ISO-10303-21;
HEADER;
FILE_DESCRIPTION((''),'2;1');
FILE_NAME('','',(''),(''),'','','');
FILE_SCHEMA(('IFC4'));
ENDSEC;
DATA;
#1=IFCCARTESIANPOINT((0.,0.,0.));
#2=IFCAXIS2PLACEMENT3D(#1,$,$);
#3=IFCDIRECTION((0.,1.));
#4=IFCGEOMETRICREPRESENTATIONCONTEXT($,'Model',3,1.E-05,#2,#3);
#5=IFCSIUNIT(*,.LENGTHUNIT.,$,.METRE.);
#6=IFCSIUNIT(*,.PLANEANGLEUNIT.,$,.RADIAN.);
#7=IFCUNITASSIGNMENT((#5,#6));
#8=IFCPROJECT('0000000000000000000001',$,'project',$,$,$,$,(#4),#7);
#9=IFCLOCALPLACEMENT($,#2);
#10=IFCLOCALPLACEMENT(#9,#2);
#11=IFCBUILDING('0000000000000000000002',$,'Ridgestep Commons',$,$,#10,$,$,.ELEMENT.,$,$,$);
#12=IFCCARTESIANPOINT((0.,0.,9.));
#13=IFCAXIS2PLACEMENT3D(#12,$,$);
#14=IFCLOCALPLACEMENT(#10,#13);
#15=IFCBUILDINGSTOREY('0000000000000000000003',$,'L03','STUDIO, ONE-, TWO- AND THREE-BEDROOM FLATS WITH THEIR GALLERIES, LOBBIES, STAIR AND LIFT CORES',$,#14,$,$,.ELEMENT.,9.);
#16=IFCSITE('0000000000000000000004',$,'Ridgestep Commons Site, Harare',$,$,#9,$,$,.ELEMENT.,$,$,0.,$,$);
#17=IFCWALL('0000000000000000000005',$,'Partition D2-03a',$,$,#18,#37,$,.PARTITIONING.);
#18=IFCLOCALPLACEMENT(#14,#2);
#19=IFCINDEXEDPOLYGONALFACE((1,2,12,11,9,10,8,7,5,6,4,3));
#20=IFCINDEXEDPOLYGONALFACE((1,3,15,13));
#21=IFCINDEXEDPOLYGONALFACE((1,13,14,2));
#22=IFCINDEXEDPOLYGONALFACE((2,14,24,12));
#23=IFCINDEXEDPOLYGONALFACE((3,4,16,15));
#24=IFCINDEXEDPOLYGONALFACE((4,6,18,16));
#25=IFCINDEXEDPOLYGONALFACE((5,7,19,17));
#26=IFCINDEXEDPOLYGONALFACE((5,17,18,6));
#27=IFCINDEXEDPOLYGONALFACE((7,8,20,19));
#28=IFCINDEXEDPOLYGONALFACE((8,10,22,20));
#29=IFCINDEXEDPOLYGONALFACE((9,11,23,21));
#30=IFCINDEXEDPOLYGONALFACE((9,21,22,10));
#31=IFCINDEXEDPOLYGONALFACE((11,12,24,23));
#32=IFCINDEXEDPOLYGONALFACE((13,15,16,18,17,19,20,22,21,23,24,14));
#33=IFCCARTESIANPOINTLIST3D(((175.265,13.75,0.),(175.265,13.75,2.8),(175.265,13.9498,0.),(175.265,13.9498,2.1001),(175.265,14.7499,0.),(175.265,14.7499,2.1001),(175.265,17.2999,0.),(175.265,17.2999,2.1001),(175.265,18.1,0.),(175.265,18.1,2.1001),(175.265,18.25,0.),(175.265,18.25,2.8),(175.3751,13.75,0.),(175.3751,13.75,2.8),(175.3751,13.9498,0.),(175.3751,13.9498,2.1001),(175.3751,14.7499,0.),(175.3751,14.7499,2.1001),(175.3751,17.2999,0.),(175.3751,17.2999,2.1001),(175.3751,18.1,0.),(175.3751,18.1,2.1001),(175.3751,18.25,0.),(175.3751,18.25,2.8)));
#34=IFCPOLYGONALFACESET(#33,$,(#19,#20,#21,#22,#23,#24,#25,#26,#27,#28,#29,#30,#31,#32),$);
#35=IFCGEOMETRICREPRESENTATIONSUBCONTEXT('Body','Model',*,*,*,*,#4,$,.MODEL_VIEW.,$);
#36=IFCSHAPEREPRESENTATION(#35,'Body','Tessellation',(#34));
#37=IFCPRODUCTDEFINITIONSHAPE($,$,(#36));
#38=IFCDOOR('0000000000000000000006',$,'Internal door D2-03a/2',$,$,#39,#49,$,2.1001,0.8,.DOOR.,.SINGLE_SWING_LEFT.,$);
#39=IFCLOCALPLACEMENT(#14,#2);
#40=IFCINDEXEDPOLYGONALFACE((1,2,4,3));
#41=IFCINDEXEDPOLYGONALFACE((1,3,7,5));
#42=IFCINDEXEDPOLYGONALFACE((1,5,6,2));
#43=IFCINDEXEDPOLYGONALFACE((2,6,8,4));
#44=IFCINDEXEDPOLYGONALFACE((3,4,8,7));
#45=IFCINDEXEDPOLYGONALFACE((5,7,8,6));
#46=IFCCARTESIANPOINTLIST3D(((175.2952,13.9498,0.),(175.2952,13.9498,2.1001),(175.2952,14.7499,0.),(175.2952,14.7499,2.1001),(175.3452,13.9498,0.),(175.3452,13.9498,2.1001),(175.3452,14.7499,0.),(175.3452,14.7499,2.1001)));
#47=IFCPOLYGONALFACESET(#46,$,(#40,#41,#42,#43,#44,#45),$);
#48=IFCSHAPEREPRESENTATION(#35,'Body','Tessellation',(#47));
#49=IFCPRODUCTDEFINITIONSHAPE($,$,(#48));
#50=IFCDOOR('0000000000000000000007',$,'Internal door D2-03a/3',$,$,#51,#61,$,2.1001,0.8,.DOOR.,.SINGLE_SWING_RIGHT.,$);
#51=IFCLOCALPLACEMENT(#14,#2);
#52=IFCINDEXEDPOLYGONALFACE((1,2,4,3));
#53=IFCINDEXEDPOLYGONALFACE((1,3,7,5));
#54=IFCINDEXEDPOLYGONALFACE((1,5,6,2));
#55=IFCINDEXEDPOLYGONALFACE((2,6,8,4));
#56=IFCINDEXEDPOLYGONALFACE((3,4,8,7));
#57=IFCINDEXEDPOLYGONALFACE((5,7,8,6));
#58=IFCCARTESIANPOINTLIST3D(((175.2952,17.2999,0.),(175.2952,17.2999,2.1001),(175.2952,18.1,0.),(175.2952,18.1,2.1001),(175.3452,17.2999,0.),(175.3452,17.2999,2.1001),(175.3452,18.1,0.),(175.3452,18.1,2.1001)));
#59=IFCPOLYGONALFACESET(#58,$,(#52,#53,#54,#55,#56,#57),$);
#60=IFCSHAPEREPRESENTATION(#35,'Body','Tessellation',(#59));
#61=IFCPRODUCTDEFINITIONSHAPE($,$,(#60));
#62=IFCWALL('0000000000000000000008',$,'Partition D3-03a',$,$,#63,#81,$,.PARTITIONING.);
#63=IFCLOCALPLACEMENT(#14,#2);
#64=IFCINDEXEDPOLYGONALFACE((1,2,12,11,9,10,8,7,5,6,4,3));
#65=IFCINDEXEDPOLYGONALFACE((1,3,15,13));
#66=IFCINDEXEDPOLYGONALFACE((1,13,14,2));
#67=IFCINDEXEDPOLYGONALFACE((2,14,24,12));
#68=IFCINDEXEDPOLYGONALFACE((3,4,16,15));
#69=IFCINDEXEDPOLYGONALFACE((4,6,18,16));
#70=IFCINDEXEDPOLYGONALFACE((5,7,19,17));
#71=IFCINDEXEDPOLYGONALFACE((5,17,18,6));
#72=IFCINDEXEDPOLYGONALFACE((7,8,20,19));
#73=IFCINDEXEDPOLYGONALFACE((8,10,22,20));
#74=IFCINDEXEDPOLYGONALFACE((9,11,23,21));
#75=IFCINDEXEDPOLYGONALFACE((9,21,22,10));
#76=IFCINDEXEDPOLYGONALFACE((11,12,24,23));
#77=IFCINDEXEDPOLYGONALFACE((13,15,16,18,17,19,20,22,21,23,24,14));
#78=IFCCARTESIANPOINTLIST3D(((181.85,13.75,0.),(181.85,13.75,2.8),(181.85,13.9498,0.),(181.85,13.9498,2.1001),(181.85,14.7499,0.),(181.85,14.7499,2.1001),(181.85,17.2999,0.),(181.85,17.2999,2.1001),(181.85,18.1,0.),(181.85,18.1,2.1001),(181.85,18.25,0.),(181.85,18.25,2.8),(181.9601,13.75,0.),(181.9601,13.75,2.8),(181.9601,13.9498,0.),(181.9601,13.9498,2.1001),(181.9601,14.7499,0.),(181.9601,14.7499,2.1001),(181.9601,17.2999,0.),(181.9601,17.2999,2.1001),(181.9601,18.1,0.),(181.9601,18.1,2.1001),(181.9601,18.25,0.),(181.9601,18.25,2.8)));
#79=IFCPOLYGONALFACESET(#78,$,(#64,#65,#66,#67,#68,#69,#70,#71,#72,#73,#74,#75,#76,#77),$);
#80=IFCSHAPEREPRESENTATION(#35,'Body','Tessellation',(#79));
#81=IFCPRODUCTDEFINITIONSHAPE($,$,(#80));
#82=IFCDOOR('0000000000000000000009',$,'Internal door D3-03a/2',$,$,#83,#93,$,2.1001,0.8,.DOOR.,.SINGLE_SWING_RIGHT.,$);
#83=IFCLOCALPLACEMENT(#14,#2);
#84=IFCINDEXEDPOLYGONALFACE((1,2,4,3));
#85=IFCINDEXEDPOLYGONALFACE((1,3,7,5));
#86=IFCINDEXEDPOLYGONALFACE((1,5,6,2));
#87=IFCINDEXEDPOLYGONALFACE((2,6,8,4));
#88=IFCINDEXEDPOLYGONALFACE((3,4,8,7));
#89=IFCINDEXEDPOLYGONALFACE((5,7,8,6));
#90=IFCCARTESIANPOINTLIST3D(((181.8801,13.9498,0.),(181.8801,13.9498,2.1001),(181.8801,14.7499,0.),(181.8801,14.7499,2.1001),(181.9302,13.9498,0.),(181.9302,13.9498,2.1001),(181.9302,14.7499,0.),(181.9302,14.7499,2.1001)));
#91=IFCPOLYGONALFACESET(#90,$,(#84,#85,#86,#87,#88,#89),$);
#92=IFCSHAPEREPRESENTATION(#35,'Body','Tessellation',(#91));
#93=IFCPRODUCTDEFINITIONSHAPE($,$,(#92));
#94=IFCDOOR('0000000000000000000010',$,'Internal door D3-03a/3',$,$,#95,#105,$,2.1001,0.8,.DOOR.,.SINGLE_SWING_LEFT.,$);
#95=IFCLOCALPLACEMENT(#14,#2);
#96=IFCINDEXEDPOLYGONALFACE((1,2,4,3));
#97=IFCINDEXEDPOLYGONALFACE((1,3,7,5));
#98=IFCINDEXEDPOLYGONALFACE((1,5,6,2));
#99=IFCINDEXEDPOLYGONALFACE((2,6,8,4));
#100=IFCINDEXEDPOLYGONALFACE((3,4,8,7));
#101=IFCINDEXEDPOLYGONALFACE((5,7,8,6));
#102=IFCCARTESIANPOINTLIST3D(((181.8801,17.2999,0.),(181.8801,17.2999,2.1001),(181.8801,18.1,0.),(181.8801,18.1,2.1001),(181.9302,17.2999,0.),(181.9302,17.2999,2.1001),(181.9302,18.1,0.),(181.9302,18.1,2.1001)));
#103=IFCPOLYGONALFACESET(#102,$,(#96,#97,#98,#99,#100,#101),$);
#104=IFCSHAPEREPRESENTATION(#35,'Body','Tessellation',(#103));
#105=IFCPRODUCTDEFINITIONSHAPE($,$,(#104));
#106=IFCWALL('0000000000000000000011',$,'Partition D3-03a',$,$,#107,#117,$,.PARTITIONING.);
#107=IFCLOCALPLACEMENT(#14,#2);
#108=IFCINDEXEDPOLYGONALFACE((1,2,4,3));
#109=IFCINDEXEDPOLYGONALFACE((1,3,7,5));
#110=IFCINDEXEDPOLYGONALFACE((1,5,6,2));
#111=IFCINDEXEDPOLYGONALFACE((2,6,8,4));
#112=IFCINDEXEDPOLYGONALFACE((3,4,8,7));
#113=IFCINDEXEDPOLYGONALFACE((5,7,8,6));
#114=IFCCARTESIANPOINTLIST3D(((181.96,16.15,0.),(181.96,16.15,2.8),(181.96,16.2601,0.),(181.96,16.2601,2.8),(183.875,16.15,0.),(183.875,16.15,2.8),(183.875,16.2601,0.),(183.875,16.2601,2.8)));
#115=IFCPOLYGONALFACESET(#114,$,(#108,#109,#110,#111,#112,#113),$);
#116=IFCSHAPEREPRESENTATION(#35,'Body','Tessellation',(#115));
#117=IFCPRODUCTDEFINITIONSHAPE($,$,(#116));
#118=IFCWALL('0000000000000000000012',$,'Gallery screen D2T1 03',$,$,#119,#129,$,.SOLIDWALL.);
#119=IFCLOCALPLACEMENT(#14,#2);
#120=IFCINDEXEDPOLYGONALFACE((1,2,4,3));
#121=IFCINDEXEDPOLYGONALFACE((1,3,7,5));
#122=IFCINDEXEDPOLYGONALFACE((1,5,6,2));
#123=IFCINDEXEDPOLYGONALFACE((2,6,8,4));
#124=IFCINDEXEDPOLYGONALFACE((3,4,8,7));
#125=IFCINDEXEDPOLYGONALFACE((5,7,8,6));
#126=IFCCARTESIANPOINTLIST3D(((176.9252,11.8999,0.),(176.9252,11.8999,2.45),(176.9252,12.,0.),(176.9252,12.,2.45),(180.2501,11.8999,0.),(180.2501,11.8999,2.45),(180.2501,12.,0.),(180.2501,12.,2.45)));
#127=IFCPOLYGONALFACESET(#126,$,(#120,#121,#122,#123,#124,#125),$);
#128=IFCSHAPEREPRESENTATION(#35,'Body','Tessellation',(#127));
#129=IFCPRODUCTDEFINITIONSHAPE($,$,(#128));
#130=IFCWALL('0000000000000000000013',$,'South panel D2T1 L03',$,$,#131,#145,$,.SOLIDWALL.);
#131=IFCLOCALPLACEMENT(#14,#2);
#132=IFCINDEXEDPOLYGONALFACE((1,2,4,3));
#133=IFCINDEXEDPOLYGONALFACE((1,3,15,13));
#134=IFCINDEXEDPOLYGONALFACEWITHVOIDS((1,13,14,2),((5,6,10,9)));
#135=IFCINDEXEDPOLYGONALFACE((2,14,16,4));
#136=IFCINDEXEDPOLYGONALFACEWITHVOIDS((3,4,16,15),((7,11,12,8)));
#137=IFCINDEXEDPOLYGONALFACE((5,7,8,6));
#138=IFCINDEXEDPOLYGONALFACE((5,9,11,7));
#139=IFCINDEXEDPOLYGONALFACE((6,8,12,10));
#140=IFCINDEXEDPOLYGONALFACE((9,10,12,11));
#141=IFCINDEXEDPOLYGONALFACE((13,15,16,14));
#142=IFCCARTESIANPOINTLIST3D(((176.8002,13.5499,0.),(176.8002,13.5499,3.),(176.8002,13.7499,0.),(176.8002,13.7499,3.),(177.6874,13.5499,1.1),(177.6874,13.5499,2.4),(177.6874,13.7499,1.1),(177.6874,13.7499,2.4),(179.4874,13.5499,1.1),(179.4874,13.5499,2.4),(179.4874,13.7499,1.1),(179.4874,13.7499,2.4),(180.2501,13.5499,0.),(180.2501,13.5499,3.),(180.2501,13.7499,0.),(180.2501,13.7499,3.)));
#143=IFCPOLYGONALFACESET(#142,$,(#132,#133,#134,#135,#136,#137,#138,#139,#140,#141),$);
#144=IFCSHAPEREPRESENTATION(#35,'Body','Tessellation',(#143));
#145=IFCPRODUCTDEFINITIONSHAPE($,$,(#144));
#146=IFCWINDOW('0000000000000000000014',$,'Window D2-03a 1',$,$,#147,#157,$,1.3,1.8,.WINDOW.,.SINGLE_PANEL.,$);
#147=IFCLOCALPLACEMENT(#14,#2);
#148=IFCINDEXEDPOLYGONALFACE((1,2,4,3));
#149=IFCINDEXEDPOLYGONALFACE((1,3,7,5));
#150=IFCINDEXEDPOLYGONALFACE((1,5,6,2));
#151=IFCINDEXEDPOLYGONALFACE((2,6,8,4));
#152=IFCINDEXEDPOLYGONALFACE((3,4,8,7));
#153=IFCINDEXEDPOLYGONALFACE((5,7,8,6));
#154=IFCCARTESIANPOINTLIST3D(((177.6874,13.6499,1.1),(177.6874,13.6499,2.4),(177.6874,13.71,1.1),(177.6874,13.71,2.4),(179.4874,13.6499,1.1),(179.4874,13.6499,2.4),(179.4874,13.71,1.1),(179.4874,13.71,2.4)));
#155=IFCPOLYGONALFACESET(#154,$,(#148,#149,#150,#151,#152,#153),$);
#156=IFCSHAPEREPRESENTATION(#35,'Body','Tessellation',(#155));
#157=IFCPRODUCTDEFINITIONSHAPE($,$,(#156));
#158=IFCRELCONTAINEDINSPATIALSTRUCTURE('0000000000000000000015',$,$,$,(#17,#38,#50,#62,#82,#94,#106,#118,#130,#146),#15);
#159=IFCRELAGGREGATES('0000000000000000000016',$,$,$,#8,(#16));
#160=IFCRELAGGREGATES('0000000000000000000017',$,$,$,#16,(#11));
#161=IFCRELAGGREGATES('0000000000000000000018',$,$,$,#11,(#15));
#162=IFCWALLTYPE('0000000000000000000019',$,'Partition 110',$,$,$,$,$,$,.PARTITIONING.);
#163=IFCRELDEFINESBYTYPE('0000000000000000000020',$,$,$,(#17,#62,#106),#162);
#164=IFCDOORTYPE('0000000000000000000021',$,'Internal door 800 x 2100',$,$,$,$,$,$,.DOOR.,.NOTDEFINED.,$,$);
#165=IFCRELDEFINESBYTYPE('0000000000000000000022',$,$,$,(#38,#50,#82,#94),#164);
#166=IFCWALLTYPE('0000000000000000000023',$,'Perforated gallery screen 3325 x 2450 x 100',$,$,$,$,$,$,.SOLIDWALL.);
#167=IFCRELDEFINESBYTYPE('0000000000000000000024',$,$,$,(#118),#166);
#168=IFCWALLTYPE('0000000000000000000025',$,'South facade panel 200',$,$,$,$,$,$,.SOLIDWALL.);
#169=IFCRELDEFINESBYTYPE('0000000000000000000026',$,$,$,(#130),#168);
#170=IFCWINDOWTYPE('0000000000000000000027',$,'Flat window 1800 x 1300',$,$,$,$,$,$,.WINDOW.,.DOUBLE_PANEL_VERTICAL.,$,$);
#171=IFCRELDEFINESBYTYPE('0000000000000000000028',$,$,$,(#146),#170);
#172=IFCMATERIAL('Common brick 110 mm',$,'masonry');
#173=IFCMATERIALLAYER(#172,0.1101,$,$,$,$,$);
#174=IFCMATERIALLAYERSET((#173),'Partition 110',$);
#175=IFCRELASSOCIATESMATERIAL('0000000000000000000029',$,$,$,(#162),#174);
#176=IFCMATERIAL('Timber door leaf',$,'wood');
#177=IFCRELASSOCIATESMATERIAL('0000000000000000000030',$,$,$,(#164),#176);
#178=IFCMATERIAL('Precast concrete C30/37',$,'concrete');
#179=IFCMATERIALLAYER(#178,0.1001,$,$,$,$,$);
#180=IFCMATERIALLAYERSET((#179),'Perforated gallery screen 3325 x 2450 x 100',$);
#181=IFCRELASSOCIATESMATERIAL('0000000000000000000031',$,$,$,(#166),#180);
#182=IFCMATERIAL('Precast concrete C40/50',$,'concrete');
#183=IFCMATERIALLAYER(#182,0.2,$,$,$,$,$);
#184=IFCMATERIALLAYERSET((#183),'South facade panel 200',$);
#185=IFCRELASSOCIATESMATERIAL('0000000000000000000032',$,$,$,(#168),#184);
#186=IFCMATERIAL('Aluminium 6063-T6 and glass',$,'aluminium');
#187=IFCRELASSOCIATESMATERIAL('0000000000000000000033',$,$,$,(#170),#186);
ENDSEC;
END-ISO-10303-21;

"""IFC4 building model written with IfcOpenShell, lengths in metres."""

from ifc_helpers import new_model, si_unit, direction, frame, frame_2d, origin, place, context, subcontext, project, spatial, rectangle, extrude, material, layer, layer_set, type_object, element, fill, save


model = new_model("IFC4")

# Units and contexts
model_context = context("Model", 3, precision=1e-05, world=origin(), true_north=direction((0.0, 1.0)))
body_context = subcontext(model_context, "Body", "Model", "MODEL_VIEW")
ifc_project = project(units=[si_unit("LENGTHUNIT", "METRE"), si_unit("PLANEANGLEUNIT", "RADIAN")], contexts=[model_context])

# Site, building, storey
site_placement = place(None, origin())
site = spatial("IfcSite", under=ifc_project, at=site_placement, Name="Ridgestep Commons Site, Harare", CompositionType="ELEMENT", RefElevation=0.0)
building_placement = place(site_placement, origin())
building = spatial("IfcBuilding", under=site, at=building_placement, Name="Ridgestep Commons", CompositionType="ELEMENT")
storey_placement = place(building_placement, frame((0.0, 0.0, 9.0)))
storey = spatial("IfcBuildingStorey", under=building, at=storey_placement, Name="L03", Description="STUDIO, ONE-, TWO- AND THREE-BEDROOM FLATS WITH THEIR GALLERIES, LOBBIES, STAIR AND LIFT CORES", CompositionType="ELEMENT", Elevation=9.0)

# Walls, openings, doors
ifc_material_1 = material(Name="Common brick 110 mm", Category="masonry")
ifc_layer_1 = layer(ifc_material_1, 0.1101)
ifc_layer_set_1 = layer_set([ifc_layer_1], Name="Partition 110")
wall_type_1 = type_object("IfcWallType", Name="Partition 110", PredefinedType="PARTITIONING", material=ifc_layer_set_1)
wall_1_placement = place(storey_placement, frame((175.3201, 13.75, 0.0), z_axis=(0.0, 0.0, 1.0), x_axis=(0.0, 1.0, 0.0)))
wall_1 = element("IfcWall", 1, at=wall_1_placement, inside=storey, type_object=wall_type_1, Name="Partition D2-03a", PredefinedType="PARTITIONING", context=body_context, shape_type="SweptSolid", body=[
    extrude(rectangle(XDim=4.5, YDim=0.1101, at=frame_2d((2.25, 0.0))), origin(), (0.0, 0.0, 1.0), 2.8),
])
opening_1_placement = place(wall_1_placement, frame((0.2, 0.0, 0.0)))
opening_1 = element("IfcOpeningElement", 2, at=opening_1_placement, cuts=wall_1, PredefinedType="OPENING", context=body_context, shape_type="SweptSolid", body=[
    extrude(rectangle(XDim=0.8, YDim=2.1001, at=frame_2d((0.3999, 1.05))), frame((0.0, 0.0649, 0.0), z_axis=(0.0, -1.0, 0.0), x_axis=(1.0, 0.0, 0.0)), (0.0, 0.0, 1.0), 0.1301),
])
opening_2_placement = place(wall_1_placement, frame((3.55, 0.0, 0.0)))
opening_2 = element("IfcOpeningElement", 3, at=opening_2_placement, cuts=wall_1, PredefinedType="OPENING", context=body_context, shape_type="SweptSolid", body=[
    extrude(rectangle(XDim=0.8, YDim=2.1001, at=frame_2d((0.3999, 1.05))), frame((0.0, 0.0649, 0.0), z_axis=(0.0, -1.0, 0.0), x_axis=(1.0, 0.0, 0.0)), (0.0, 0.0, 1.0), 0.1301),
])
ifc_material_2 = material(Name="Timber door leaf", Category="wood")
door_type_1 = type_object("IfcDoorType", Name="Internal door 800 x 2100", OperationType="NOTDEFINED", PredefinedType="DOOR", material=ifc_material_2)
door_1_placement = place(opening_1_placement, origin())
door_1 = element("IfcDoor", 4, at=door_1_placement, inside=storey, type_object=door_type_1, Name="Internal door D2-03a/2", OperationType="SINGLE_SWING_LEFT", OverallHeight=2.1001, OverallWidth=0.8, PredefinedType="DOOR", context=body_context, shape_type="SweptSolid", body=[
    extrude(rectangle(XDim=0.8, YDim=2.1001, at=frame_2d((0.3999, 1.05))), frame((0.0, 0.0249, 0.0), z_axis=(0.0, -1.0, 0.0), x_axis=(1.0, 0.0, 0.0)), (0.0, 0.0, 1.0), 0.05),
])
fill(opening_1, door_1)
door_2_placement = place(opening_2_placement, origin())
door_2 = element("IfcDoor", 5, at=door_2_placement, inside=storey, type_object=door_type_1, Name="Internal door D2-03a/3", OperationType="SINGLE_SWING_RIGHT", OverallHeight=2.1001, OverallWidth=0.8, PredefinedType="DOOR", context=body_context, shape_type="SweptSolid", body=[
    extrude(rectangle(XDim=0.8, YDim=2.1001, at=frame_2d((0.3999, 1.05))), frame((0.0, 0.0249, 0.0), z_axis=(0.0, -1.0, 0.0), x_axis=(1.0, 0.0, 0.0)), (0.0, 0.0, 1.0), 0.05),
])
fill(opening_2, door_2)
wall_2_placement = place(storey_placement, frame((181.905, 13.75, 0.0), z_axis=(0.0, 0.0, 1.0), x_axis=(0.0, 1.0, 0.0)))
wall_2 = element("IfcWall", 6, at=wall_2_placement, inside=storey, type_object=wall_type_1, Name="Partition D3-03a", PredefinedType="PARTITIONING", context=body_context, shape_type="SweptSolid", body=[
    extrude(rectangle(XDim=4.5, YDim=0.1101, at=frame_2d((2.25, 0.0))), origin(), (0.0, 0.0, 1.0), 2.8),
])
opening_3_placement = place(wall_2_placement, frame((0.2, 0.0, 0.0)))
opening_3 = element("IfcOpeningElement", 7, at=opening_3_placement, cuts=wall_2, PredefinedType="OPENING", context=body_context, shape_type="SweptSolid", body=[
    extrude(rectangle(XDim=0.8, YDim=2.1001, at=frame_2d((0.3999, 1.05))), frame((0.0, 0.0649, 0.0), z_axis=(0.0, -1.0, 0.0), x_axis=(1.0, 0.0, 0.0)), (0.0, 0.0, 1.0), 0.1301),
])
opening_4_placement = place(wall_2_placement, frame((3.55, 0.0, 0.0)))
opening_4 = element("IfcOpeningElement", 8, at=opening_4_placement, cuts=wall_2, PredefinedType="OPENING", context=body_context, shape_type="SweptSolid", body=[
    extrude(rectangle(XDim=0.8, YDim=2.1001, at=frame_2d((0.3999, 1.05))), frame((0.0, 0.0649, 0.0), z_axis=(0.0, -1.0, 0.0), x_axis=(1.0, 0.0, 0.0)), (0.0, 0.0, 1.0), 0.1301),
])
door_3_placement = place(opening_3_placement, origin())
door_3 = element("IfcDoor", 9, at=door_3_placement, inside=storey, type_object=door_type_1, Name="Internal door D3-03a/2", OperationType="SINGLE_SWING_RIGHT", OverallHeight=2.1001, OverallWidth=0.8, PredefinedType="DOOR", context=body_context, shape_type="SweptSolid", body=[
    extrude(rectangle(XDim=0.8, YDim=2.1001, at=frame_2d((0.3999, 1.05))), frame((0.0, 0.0249, 0.0), z_axis=(0.0, -1.0, 0.0), x_axis=(1.0, 0.0, 0.0)), (0.0, 0.0, 1.0), 0.05),
])
fill(opening_3, door_3)
door_4_placement = place(opening_4_placement, origin())
door_4 = element("IfcDoor", 10, at=door_4_placement, inside=storey, type_object=door_type_1, Name="Internal door D3-03a/3", OperationType="SINGLE_SWING_LEFT", OverallHeight=2.1001, OverallWidth=0.8, PredefinedType="DOOR", context=body_context, shape_type="SweptSolid", body=[
    extrude(rectangle(XDim=0.8, YDim=2.1001, at=frame_2d((0.3999, 1.05))), frame((0.0, 0.0249, 0.0), z_axis=(0.0, -1.0, 0.0), x_axis=(1.0, 0.0, 0.0)), (0.0, 0.0, 1.0), 0.05),
])
fill(opening_4, door_4)

# Walls
wall_3_placement = place(storey_placement, frame((181.96, 16.2051, 0.0), z_axis=(0.0, 0.0, 1.0), x_axis=(1.0, 0.0, 0.0)))
element("IfcWall", 11, at=wall_3_placement, inside=storey, type_object=wall_type_1, Name="Partition D3-03a", PredefinedType="PARTITIONING", context=body_context, shape_type="SweptSolid", body=[
    extrude(rectangle(XDim=1.915, YDim=0.1101, at=frame_2d((0.9575, 0.0))), origin(), (0.0, 0.0, 1.0), 2.8),
])
ifc_material_3 = material(Name="Precast concrete C30/37", Category="concrete")
ifc_layer_2 = layer(ifc_material_3, 0.1001)
ifc_layer_set_2 = layer_set([ifc_layer_2], Name="Perforated gallery screen 3325 x 2450 x 100")
wall_type_2 = type_object("IfcWallType", Name="Perforated gallery screen 3325 x 2450 x 100", PredefinedType="SOLIDWALL", material=ifc_layer_set_2)
wall_4_placement = place(storey_placement, frame((176.925, 11.95, 0.0), z_axis=(0.0, 0.0, 1.0), x_axis=(1.0, 0.0, 0.0)))
element("IfcWall", 12, at=wall_4_placement, inside=storey, type_object=wall_type_2, Name="Gallery screen D2T1 03", PredefinedType="SOLIDWALL", context=body_context, shape_type="SweptSolid", body=[
    extrude(rectangle(XDim=3.325, YDim=0.1001, at=frame_2d((1.6626, 0.0))), origin(), (0.0, 0.0, 1.0), 2.45),
])

# Wall, opening, window
ifc_material_4 = material(Name="Precast concrete C40/50", Category="concrete")
ifc_layer_3 = layer(ifc_material_4, 0.2)
ifc_layer_set_3 = layer_set([ifc_layer_3], Name="South facade panel 200")
wall_type_3 = type_object("IfcWallType", Name="South facade panel 200", PredefinedType="SOLIDWALL", material=ifc_layer_set_3)
wall_5_placement = place(storey_placement, frame((176.8, 13.6499, 0.0), z_axis=(0.0, 0.0, 1.0), x_axis=(1.0, 0.0, 0.0)))
wall_5 = element("IfcWall", 13, at=wall_5_placement, inside=storey, type_object=wall_type_3, Name="South panel D2T1 L03", PredefinedType="SOLIDWALL", context=body_context, shape_type="SweptSolid", body=[
    extrude(rectangle(XDim=3.45, YDim=0.2, at=frame_2d((1.7251, 0.0))), origin(), (0.0, 0.0, 1.0), 3.0),
])
opening_5_placement = place(wall_5_placement, frame((0.8875, 0.0, 1.1001)))
opening_5 = element("IfcOpeningElement", 14, at=opening_5_placement, cuts=wall_5, PredefinedType="OPENING", context=body_context, shape_type="SweptSolid", body=[
    extrude(rectangle(XDim=1.8, YDim=1.3, at=frame_2d((0.8999, 0.6499))), frame((0.0, 0.1099, 0.0), z_axis=(0.0, -1.0, 0.0), x_axis=(1.0, 0.0, 0.0)), (0.0, 0.0, 1.0), 0.22),
])
ifc_material_5 = material(Name="Aluminium 6063-T6 and glass", Category="aluminium")
window_type_1 = type_object("IfcWindowType", Name="Flat window 1800 x 1300", PartitioningType="DOUBLE_PANEL_VERTICAL", PredefinedType="WINDOW", material=ifc_material_5)
window_1_placement = place(opening_5_placement, origin())
window_1 = element("IfcWindow", 15, at=window_1_placement, inside=storey, type_object=window_type_1, Name="Window D2-03a 1", OverallHeight=1.3, OverallWidth=1.8, PartitioningType="SINGLE_PANEL", PredefinedType="WINDOW", context=body_context, shape_type="SweptSolid", body=[
    extrude(rectangle(XDim=1.8, YDim=1.3, at=frame_2d((0.8999, 0.6499))), frame((0.0, 0.0601, 0.0), z_axis=(0.0, -1.0, 0.0), x_axis=(1.0, 0.0, 0.0)), (0.0, 0.0, 1.0), 0.0601),
])
fill(opening_5, window_1)

save(model, "model.ifc")
